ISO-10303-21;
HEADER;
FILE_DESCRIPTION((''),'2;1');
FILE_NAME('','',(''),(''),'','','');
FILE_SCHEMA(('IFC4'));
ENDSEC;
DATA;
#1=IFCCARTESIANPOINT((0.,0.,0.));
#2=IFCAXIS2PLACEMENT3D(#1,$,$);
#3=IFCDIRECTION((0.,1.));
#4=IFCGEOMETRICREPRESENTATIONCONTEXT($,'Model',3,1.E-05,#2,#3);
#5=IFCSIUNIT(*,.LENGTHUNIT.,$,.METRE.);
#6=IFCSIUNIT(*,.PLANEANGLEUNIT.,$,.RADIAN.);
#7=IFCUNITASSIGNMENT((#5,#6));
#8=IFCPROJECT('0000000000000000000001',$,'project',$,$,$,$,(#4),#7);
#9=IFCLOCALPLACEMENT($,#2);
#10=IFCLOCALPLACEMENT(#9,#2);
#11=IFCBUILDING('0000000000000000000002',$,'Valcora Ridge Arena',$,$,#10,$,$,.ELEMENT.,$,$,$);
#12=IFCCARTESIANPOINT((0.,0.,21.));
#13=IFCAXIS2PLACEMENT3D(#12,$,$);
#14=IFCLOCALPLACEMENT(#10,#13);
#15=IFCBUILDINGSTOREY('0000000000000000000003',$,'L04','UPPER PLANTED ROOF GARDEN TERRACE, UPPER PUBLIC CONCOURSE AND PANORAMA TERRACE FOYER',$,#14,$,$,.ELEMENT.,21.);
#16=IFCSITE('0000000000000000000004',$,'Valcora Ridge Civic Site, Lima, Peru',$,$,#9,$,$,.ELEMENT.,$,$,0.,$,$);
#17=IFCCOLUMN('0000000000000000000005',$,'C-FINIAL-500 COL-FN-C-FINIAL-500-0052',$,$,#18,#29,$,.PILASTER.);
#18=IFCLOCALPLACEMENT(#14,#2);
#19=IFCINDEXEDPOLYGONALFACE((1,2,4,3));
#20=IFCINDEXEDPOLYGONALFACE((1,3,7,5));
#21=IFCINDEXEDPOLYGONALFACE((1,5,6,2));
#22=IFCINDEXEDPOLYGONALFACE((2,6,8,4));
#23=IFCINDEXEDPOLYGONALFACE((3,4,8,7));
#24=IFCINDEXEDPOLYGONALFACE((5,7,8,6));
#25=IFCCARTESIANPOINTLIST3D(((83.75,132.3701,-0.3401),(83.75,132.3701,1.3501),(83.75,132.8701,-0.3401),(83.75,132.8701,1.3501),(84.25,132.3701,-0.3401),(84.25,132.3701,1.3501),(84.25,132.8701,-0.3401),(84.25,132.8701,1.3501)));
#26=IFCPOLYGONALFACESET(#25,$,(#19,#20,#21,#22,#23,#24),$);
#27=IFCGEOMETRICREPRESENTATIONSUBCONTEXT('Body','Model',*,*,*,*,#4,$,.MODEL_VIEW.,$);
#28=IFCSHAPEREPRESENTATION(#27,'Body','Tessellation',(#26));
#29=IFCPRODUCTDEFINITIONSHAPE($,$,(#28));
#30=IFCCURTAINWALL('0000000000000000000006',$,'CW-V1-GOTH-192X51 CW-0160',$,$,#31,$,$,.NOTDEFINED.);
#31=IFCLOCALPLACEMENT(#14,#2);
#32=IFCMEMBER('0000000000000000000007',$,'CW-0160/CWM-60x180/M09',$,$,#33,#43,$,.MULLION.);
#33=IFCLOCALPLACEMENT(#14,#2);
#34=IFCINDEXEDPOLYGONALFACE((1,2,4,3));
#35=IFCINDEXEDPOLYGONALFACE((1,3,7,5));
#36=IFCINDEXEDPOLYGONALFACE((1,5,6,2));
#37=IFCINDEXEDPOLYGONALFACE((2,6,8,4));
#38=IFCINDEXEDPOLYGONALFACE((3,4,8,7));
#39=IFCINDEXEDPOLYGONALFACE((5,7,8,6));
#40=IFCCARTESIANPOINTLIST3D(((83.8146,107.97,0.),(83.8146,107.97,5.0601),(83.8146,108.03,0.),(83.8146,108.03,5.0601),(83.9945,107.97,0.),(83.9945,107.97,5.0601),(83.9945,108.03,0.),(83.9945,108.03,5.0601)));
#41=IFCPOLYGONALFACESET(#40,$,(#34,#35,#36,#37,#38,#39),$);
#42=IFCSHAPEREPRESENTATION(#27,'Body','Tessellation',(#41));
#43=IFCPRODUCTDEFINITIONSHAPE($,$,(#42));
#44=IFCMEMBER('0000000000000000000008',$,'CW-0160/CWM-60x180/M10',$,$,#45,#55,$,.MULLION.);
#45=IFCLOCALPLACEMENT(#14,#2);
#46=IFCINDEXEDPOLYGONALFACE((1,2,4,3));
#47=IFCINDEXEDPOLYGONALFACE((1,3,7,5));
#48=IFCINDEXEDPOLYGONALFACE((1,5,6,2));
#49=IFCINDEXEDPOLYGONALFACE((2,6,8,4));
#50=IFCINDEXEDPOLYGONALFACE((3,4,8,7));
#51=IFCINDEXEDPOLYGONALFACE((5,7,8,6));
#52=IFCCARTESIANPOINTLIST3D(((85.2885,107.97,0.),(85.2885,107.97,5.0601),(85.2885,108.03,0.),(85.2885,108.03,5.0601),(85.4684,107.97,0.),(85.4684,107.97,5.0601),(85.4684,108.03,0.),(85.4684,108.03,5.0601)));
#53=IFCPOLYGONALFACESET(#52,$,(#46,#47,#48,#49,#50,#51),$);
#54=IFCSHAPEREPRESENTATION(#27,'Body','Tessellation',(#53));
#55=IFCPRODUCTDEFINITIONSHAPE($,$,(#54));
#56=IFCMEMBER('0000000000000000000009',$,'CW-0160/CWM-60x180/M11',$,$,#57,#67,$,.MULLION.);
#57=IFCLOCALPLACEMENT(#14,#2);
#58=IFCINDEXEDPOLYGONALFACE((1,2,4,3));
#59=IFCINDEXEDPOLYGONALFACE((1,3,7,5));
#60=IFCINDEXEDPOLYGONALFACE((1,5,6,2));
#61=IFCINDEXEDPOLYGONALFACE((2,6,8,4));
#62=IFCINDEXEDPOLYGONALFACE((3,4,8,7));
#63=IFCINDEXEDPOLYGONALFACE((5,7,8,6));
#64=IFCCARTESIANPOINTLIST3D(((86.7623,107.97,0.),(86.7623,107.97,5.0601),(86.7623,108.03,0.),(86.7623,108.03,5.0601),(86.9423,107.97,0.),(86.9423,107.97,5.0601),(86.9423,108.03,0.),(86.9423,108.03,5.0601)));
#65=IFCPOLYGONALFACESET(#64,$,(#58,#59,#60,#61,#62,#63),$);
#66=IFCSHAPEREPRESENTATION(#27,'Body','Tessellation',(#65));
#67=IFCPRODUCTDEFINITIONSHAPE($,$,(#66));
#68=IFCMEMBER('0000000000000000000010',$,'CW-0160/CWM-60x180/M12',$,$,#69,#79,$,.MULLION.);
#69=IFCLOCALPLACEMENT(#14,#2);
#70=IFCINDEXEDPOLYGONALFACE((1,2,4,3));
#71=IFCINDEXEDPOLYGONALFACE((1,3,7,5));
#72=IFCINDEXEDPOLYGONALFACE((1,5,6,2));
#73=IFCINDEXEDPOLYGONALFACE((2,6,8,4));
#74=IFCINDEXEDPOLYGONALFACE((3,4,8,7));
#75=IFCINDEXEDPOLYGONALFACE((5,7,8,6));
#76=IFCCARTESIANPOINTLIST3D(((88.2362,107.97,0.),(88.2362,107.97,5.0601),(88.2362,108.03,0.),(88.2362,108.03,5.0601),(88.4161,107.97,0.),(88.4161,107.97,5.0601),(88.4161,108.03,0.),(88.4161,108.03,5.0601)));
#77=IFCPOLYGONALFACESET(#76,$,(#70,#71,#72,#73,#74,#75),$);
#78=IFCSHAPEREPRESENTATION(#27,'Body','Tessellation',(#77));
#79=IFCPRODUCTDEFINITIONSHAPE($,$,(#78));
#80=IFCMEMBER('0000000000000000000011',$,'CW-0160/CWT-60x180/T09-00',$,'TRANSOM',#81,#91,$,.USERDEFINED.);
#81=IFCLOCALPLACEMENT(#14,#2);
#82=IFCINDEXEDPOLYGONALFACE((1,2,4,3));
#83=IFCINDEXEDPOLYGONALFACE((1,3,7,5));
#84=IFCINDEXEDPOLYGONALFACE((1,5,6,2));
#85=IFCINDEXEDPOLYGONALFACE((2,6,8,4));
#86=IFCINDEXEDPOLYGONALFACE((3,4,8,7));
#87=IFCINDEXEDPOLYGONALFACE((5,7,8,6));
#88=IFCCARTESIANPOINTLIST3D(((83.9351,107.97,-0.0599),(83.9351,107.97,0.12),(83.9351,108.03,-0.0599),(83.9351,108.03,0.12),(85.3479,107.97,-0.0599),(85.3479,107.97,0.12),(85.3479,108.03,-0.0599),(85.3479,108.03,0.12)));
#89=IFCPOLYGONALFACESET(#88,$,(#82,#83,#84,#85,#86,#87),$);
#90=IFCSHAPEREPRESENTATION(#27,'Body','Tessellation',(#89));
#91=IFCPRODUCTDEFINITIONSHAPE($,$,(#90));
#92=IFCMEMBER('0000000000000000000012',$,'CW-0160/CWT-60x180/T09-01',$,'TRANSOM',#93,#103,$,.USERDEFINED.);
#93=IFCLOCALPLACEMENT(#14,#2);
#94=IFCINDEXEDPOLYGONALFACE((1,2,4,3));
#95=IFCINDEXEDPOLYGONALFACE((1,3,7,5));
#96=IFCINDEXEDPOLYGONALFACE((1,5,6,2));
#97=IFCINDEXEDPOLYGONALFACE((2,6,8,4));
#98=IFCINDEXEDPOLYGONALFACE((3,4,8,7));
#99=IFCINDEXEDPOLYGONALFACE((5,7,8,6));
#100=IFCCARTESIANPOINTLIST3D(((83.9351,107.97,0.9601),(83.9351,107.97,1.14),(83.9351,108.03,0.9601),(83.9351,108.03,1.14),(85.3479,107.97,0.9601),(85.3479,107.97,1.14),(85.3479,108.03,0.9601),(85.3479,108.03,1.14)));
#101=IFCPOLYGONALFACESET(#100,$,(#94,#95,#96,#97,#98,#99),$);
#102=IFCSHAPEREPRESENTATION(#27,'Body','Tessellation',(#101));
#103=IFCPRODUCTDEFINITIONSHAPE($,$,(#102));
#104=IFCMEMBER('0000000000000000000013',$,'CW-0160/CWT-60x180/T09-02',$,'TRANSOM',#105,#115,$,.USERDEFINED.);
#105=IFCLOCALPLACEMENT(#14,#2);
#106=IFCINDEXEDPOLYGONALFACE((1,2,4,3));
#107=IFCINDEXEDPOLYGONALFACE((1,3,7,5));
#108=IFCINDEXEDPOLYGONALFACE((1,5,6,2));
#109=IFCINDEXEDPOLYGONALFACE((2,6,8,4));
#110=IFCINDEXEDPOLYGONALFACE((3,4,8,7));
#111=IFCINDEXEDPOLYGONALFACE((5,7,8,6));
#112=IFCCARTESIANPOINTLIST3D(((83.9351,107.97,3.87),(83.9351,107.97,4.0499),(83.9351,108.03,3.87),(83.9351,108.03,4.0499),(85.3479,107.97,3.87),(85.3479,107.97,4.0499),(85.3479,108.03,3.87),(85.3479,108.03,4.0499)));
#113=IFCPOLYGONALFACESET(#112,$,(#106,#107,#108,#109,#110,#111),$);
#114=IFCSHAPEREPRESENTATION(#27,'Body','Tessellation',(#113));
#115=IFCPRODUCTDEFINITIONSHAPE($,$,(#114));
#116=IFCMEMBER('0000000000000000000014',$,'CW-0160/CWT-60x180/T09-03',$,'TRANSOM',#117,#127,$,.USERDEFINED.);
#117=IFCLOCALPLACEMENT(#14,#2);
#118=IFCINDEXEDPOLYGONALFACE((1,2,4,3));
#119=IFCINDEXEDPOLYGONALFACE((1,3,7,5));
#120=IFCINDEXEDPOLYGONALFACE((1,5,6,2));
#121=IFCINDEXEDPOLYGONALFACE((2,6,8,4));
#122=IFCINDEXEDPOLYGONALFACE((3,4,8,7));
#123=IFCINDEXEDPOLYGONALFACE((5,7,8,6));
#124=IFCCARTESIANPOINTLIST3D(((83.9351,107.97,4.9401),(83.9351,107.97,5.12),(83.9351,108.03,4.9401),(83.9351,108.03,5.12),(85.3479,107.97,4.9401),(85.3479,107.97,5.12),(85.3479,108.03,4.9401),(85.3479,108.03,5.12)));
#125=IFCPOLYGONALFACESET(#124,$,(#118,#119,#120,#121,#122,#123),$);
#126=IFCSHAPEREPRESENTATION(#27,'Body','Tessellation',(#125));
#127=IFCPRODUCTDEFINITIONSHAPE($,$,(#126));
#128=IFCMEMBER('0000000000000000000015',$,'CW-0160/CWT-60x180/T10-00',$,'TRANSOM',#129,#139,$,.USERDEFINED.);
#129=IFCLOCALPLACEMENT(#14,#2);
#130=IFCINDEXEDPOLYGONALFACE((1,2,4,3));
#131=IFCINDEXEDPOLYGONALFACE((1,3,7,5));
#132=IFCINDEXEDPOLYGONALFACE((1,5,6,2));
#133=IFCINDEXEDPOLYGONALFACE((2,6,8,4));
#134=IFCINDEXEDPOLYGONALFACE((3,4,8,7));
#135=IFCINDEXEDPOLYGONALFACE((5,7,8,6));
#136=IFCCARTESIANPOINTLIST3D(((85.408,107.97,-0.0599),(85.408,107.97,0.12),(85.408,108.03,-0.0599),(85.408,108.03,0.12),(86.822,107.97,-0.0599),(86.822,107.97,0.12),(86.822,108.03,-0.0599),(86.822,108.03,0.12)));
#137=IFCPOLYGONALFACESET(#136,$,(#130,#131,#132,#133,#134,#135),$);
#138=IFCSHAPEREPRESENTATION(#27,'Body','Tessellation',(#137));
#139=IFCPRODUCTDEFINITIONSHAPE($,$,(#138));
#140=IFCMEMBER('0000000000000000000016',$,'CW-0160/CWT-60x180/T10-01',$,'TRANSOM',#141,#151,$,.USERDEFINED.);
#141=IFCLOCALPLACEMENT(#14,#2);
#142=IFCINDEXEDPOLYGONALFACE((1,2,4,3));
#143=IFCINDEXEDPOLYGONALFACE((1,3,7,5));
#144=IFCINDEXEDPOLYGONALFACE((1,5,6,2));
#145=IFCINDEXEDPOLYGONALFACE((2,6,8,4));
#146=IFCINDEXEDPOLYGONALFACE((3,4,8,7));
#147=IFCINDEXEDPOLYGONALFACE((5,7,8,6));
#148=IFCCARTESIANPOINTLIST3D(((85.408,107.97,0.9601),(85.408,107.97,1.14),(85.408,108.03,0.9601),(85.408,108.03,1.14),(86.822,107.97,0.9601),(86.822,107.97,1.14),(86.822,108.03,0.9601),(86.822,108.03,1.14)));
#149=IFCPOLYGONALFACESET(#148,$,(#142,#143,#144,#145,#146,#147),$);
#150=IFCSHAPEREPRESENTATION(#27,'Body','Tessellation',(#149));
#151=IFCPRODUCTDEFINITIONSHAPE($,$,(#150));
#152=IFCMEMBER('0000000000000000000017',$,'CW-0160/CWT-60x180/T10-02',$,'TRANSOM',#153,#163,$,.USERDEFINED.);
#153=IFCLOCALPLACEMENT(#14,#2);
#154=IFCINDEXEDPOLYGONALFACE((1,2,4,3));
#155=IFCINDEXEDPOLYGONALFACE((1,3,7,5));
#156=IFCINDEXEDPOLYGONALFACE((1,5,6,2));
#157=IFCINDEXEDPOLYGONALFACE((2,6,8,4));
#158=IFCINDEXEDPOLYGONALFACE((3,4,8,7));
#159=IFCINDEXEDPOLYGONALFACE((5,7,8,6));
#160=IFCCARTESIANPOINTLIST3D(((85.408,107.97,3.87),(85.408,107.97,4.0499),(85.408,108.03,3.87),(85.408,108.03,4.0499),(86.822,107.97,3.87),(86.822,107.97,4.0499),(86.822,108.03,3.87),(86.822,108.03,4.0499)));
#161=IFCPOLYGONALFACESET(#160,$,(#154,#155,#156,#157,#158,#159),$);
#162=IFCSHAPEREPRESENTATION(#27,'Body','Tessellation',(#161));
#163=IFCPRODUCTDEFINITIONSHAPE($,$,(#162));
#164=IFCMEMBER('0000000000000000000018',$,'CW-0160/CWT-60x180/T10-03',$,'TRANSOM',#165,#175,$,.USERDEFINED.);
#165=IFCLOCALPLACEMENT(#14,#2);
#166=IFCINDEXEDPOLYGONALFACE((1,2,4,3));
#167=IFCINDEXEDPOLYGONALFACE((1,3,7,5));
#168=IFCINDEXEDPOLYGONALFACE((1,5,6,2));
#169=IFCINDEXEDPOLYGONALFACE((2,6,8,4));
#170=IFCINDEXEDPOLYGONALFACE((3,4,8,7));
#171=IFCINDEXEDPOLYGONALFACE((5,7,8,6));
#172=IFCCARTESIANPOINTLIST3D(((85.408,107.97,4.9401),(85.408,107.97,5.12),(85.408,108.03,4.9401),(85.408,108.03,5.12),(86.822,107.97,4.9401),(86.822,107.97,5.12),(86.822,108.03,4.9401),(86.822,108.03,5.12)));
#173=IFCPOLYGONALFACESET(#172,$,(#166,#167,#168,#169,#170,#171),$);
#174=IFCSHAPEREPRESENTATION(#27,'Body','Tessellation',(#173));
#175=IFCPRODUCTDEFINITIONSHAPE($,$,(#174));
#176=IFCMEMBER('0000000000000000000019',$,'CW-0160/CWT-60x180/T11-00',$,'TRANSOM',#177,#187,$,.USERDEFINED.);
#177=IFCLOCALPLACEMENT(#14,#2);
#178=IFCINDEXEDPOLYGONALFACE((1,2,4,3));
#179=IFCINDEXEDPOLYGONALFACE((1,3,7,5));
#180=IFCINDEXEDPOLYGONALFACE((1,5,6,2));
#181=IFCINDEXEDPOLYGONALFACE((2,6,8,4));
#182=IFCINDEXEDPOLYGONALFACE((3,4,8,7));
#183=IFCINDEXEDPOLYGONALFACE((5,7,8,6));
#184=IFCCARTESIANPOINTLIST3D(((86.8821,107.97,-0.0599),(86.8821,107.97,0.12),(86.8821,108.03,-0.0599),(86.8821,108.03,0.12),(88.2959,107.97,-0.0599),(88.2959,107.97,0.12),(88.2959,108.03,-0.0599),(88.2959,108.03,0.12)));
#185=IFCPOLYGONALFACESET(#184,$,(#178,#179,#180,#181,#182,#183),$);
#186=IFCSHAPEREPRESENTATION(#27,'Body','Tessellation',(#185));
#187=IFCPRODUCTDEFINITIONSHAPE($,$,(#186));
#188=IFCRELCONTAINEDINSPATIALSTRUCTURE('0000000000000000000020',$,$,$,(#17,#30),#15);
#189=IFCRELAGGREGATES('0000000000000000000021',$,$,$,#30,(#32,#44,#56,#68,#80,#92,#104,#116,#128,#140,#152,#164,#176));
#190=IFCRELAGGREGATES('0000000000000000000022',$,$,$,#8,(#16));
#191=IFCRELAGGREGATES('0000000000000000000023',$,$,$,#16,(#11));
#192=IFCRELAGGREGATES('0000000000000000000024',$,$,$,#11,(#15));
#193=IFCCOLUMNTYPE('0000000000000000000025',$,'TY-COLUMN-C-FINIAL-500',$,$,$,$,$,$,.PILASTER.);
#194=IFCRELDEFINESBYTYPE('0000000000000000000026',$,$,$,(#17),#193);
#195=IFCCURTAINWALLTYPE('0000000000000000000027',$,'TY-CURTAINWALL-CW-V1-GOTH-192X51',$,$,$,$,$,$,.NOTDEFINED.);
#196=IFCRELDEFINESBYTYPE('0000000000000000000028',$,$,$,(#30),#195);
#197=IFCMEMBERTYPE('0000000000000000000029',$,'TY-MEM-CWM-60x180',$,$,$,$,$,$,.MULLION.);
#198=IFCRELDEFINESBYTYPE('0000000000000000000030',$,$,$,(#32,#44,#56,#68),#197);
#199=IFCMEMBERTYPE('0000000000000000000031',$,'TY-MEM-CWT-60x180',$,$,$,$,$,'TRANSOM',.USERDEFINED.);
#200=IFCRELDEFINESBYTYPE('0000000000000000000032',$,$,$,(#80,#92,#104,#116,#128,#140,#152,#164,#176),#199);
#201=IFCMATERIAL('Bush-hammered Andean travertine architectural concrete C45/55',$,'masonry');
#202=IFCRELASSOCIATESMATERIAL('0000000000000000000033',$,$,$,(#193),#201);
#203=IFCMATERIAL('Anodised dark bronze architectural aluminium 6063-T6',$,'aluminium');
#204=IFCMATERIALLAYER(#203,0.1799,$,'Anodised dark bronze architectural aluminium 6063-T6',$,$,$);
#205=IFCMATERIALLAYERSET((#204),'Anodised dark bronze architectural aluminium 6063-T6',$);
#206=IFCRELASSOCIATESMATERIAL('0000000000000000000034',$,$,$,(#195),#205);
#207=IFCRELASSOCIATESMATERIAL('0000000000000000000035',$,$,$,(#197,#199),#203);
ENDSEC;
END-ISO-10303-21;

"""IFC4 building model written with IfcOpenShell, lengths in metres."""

from ifc_helpers import new_model, si_unit, direction, frame, origin, origin_2d, place, context, subcontext, project, spatial, rectangle, extrude, material, layer, layer_set, material_profile, profile_set, type_object, element, aggregate, save


model = new_model("IFC4")

# Units and contexts
model_context = context("Model", 3, precision=1e-05, world=origin(), true_north=direction((0.0, 1.0)))
body_context = subcontext(model_context, "Body", "Model", "MODEL_VIEW")
ifc_project = project(units=[si_unit("LENGTHUNIT", "METRE"), si_unit("PLANEANGLEUNIT", "RADIAN")], contexts=[model_context])

# Site, building, storey
site_placement = place(None, origin())
site = spatial("IfcSite", under=ifc_project, at=site_placement, Name="Valcora Ridge Civic Site, Lima, Peru", CompositionType="ELEMENT", RefElevation=0.0)
building_placement = place(site_placement, origin())
building = spatial("IfcBuilding", under=site, at=building_placement, Name="Valcora Ridge Arena", CompositionType="ELEMENT")
storey_placement = place(building_placement, frame((0.0, 0.0, 21.0)))
storey = spatial("IfcBuildingStorey", under=building, at=storey_placement, Name="L04", Description="UPPER PLANTED ROOF GARDEN TERRACE, UPPER PUBLIC CONCOURSE AND PANORAMA TERRACE FOYER", CompositionType="ELEMENT", Elevation=21.0)

# Column
ifc_material_1 = material(Name="Bush-hammered Andean travertine architectural concrete C45/55", Category="masonry")
ifc_material_profile_1 = material_profile(ifc_material_1, rectangle(XDim=0.5, YDim=0.5, at=origin_2d()), Name="RC 500x500")
ifc_profile_set_1 = profile_set([ifc_material_profile_1], Name="Bush-hammered Andean travertine architectural concrete C45/55")
column_type = type_object("IfcColumnType", Name="TY-COLUMN-C-FINIAL-500", PredefinedType="PILASTER", material=ifc_profile_set_1)
column_placement = place(storey_placement, frame((84.0, 132.6201, -0.3401), z_axis=(0.0, 0.0, 1.0), x_axis=(1.0, 0.0, 0.0)))
element("IfcColumn", 1, at=column_placement, inside=storey, type_object=column_type, Name="C-FINIAL-500 COL-FN-C-FINIAL-500-0052", PredefinedType="PILASTER", context=body_context, shape_type="SweptSolid", body=[
    extrude(rectangle(XDim=0.5, YDim=0.5, at=origin_2d()), origin(), (0.0, 0.0, 1.0), 1.6902),
])

# Curtain wall, members
ifc_material_2 = material(Name="Anodised dark bronze architectural aluminium 6063-T6", Category="aluminium")
ifc_layer_1 = layer(ifc_material_2, 0.1799, Name="Anodised dark bronze architectural aluminium 6063-T6")
ifc_layer_set_1 = layer_set([ifc_layer_1], Name="Anodised dark bronze architectural aluminium 6063-T6")
curtain_wall_type = type_object("IfcCurtainWallType", Name="TY-CURTAINWALL-CW-V1-GOTH-192X51", PredefinedType="NOTDEFINED", material=ifc_layer_set_1)
curtain_wall_placement = place(storey_placement, origin())
curtain_wall = element("IfcCurtainWall", 2, at=curtain_wall_placement, inside=storey, type_object=curtain_wall_type, Name="CW-V1-GOTH-192X51 CW-0160", PredefinedType="NOTDEFINED")
ifc_material_profile_2 = material_profile(ifc_material_2, rectangle(XDim=0.0601, YDim=0.1799, at=origin_2d()), Name="ALU MULLION 60x180")
ifc_profile_set_2 = profile_set([ifc_material_profile_2], Name="Anodised dark bronze architectural aluminium 6063-T6")
member_type_1 = type_object("IfcMemberType", Name="TY-MEM-CWM-60x180", PredefinedType="MULLION", material=ifc_profile_set_2)
member_1_placement = place(storey_placement, frame((83.9045, 108.0, 0.0), z_axis=(0.0, 0.0, 1.0), x_axis=(0.0, 1.0, 0.0)))
member_1 = element("IfcMember", 3, at=member_1_placement, type_object=member_type_1, Name="CW-0160/CWM-60x180/M09", PredefinedType="MULLION", context=body_context, shape_type="SweptSolid", body=[
    extrude(rectangle(XDim=0.0601, YDim=0.1799, at=origin_2d()), origin(), (0.0, 0.0, 1.0), 5.0601),
])
member_2_placement = place(storey_placement, frame((85.3784, 108.0, 0.0), z_axis=(0.0, 0.0, 1.0), x_axis=(0.0, 1.0, 0.0)))
member_2 = element("IfcMember", 4, at=member_2_placement, type_object=member_type_1, Name="CW-0160/CWM-60x180/M10", PredefinedType="MULLION", context=body_context, shape_type="SweptSolid", body=[
    extrude(rectangle(XDim=0.0601, YDim=0.1799, at=origin_2d()), origin(), (0.0, 0.0, 1.0), 5.0601),
])
member_3_placement = place(storey_placement, frame((86.8523, 108.0, 0.0), z_axis=(0.0, 0.0, 1.0), x_axis=(0.0, 1.0, 0.0)))
member_3 = element("IfcMember", 5, at=member_3_placement, type_object=member_type_1, Name="CW-0160/CWM-60x180/M11", PredefinedType="MULLION", context=body_context, shape_type="SweptSolid", body=[
    extrude(rectangle(XDim=0.0601, YDim=0.1799, at=origin_2d()), origin(), (0.0, 0.0, 1.0), 5.0601),
])
member_4_placement = place(storey_placement, frame((88.3262, 108.0, 0.0), z_axis=(0.0, 0.0, 1.0), x_axis=(0.0, 1.0, 0.0)))
member_4 = element("IfcMember", 6, at=member_4_placement, type_object=member_type_1, Name="CW-0160/CWM-60x180/M12", PredefinedType="MULLION", context=body_context, shape_type="SweptSolid", body=[
    extrude(rectangle(XDim=0.0601, YDim=0.1799, at=origin_2d()), origin(), (0.0, 0.0, 1.0), 5.0601),
])
ifc_material_profile_3 = material_profile(ifc_material_2, rectangle(XDim=0.0601, YDim=0.1799, at=origin_2d()), Name="ALU TRANSOM 60x180")
ifc_profile_set_3 = profile_set([ifc_material_profile_3], Name="Anodised dark bronze architectural aluminium 6063-T6")
member_type_2 = type_object("IfcMemberType", Name="TY-MEM-CWT-60x180", ElementType="TRANSOM", PredefinedType="USERDEFINED", material=ifc_profile_set_3)
member_5_placement = place(storey_placement, frame((83.9351, 108.0, 0.03), z_axis=(1.0, 0.0, 0.0), x_axis=(0.0, 1.0, 0.0)))
member_5 = element("IfcMember", 7, at=member_5_placement, type_object=member_type_2, Name="CW-0160/CWT-60x180/T09-00", ObjectType="TRANSOM", PredefinedType="USERDEFINED", context=body_context, shape_type="SweptSolid", body=[
    extrude(rectangle(XDim=0.0601, YDim=0.1799, at=origin_2d()), origin(), (0.0, 0.0, 1.0), 1.4128),
])
member_6_placement = place(storey_placement, frame((83.9351, 108.0, 1.05), z_axis=(1.0, 0.0, 0.0), x_axis=(0.0, 1.0, 0.0)))
member_6 = element("IfcMember", 8, at=member_6_placement, type_object=member_type_2, Name="CW-0160/CWT-60x180/T09-01", ObjectType="TRANSOM", PredefinedType="USERDEFINED", context=body_context, shape_type="SweptSolid", body=[
    extrude(rectangle(XDim=0.0601, YDim=0.1799, at=origin_2d()), origin(), (0.0, 0.0, 1.0), 1.4128),
])
member_7_placement = place(storey_placement, frame((83.9351, 108.0, 3.96), z_axis=(1.0, 0.0, 0.0), x_axis=(0.0, 1.0, 0.0)))
member_7 = element("IfcMember", 9, at=member_7_placement, type_object=member_type_2, Name="CW-0160/CWT-60x180/T09-02", ObjectType="TRANSOM", PredefinedType="USERDEFINED", context=body_context, shape_type="SweptSolid", body=[
    extrude(rectangle(XDim=0.0601, YDim=0.1799, at=origin_2d()), origin(), (0.0, 0.0, 1.0), 1.4128),
])
member_8_placement = place(storey_placement, frame((83.9351, 108.0, 5.03), z_axis=(1.0, 0.0, 0.0), x_axis=(0.0, 1.0, 0.0)))
member_8 = element("IfcMember", 10, at=member_8_placement, type_object=member_type_2, Name="CW-0160/CWT-60x180/T09-03", ObjectType="TRANSOM", PredefinedType="USERDEFINED", context=body_context, shape_type="SweptSolid", body=[
    extrude(rectangle(XDim=0.0601, YDim=0.1799, at=origin_2d()), origin(), (0.0, 0.0, 1.0), 1.4128),
])
member_9_placement = place(storey_placement, frame((85.408, 108.0, 0.03), z_axis=(1.0, 0.0, 0.0), x_axis=(0.0, 1.0, 0.0)))
member_9 = element("IfcMember", 11, at=member_9_placement, type_object=member_type_2, Name="CW-0160/CWT-60x180/T10-00", ObjectType="TRANSOM", PredefinedType="USERDEFINED", context=body_context, shape_type="SweptSolid", body=[
    extrude(rectangle(XDim=0.0601, YDim=0.1799, at=origin_2d()), origin(), (0.0, 0.0, 1.0), 1.4141),
])
member_10_placement = place(storey_placement, frame((85.408, 108.0, 1.05), z_axis=(1.0, 0.0, 0.0), x_axis=(0.0, 1.0, 0.0)))
member_10 = element("IfcMember", 12, at=member_10_placement, type_object=member_type_2, Name="CW-0160/CWT-60x180/T10-01", ObjectType="TRANSOM", PredefinedType="USERDEFINED", context=body_context, shape_type="SweptSolid", body=[
    extrude(rectangle(XDim=0.0601, YDim=0.1799, at=origin_2d()), origin(), (0.0, 0.0, 1.0), 1.4141),
])
member_11_placement = place(storey_placement, frame((85.408, 108.0, 3.96), z_axis=(1.0, 0.0, 0.0), x_axis=(0.0, 1.0, 0.0)))
member_11 = element("IfcMember", 13, at=member_11_placement, type_object=member_type_2, Name="CW-0160/CWT-60x180/T10-02", ObjectType="TRANSOM", PredefinedType="USERDEFINED", context=body_context, shape_type="SweptSolid", body=[
    extrude(rectangle(XDim=0.0601, YDim=0.1799, at=origin_2d()), origin(), (0.0, 0.0, 1.0), 1.4141),
])
member_12_placement = place(storey_placement, frame((85.408, 108.0, 5.03), z_axis=(1.0, 0.0, 0.0), x_axis=(0.0, 1.0, 0.0)))
member_12 = element("IfcMember", 14, at=member_12_placement, type_object=member_type_2, Name="CW-0160/CWT-60x180/T10-03", ObjectType="TRANSOM", PredefinedType="USERDEFINED", context=body_context, shape_type="SweptSolid", body=[
    extrude(rectangle(XDim=0.0601, YDim=0.1799, at=origin_2d()), origin(), (0.0, 0.0, 1.0), 1.4141),
])
member_13_placement = place(storey_placement, frame((86.8821, 108.0, 0.03), z_axis=(1.0, 0.0, 0.0), x_axis=(0.0, 1.0, 0.0)))
member_13 = element("IfcMember", 15, at=member_13_placement, type_object=member_type_2, Name="CW-0160/CWT-60x180/T11-00", ObjectType="TRANSOM", PredefinedType="USERDEFINED", context=body_context, shape_type="SweptSolid", body=[
    extrude(rectangle(XDim=0.0601, YDim=0.1799, at=origin_2d()), origin(), (0.0, 0.0, 1.0), 1.4138),
])
aggregate(curtain_wall, [member_1, member_2, member_3, member_4, member_5, member_6, member_7, member_8, member_9, member_10, member_11, member_12, member_13])

save(model, "model.ifc")
